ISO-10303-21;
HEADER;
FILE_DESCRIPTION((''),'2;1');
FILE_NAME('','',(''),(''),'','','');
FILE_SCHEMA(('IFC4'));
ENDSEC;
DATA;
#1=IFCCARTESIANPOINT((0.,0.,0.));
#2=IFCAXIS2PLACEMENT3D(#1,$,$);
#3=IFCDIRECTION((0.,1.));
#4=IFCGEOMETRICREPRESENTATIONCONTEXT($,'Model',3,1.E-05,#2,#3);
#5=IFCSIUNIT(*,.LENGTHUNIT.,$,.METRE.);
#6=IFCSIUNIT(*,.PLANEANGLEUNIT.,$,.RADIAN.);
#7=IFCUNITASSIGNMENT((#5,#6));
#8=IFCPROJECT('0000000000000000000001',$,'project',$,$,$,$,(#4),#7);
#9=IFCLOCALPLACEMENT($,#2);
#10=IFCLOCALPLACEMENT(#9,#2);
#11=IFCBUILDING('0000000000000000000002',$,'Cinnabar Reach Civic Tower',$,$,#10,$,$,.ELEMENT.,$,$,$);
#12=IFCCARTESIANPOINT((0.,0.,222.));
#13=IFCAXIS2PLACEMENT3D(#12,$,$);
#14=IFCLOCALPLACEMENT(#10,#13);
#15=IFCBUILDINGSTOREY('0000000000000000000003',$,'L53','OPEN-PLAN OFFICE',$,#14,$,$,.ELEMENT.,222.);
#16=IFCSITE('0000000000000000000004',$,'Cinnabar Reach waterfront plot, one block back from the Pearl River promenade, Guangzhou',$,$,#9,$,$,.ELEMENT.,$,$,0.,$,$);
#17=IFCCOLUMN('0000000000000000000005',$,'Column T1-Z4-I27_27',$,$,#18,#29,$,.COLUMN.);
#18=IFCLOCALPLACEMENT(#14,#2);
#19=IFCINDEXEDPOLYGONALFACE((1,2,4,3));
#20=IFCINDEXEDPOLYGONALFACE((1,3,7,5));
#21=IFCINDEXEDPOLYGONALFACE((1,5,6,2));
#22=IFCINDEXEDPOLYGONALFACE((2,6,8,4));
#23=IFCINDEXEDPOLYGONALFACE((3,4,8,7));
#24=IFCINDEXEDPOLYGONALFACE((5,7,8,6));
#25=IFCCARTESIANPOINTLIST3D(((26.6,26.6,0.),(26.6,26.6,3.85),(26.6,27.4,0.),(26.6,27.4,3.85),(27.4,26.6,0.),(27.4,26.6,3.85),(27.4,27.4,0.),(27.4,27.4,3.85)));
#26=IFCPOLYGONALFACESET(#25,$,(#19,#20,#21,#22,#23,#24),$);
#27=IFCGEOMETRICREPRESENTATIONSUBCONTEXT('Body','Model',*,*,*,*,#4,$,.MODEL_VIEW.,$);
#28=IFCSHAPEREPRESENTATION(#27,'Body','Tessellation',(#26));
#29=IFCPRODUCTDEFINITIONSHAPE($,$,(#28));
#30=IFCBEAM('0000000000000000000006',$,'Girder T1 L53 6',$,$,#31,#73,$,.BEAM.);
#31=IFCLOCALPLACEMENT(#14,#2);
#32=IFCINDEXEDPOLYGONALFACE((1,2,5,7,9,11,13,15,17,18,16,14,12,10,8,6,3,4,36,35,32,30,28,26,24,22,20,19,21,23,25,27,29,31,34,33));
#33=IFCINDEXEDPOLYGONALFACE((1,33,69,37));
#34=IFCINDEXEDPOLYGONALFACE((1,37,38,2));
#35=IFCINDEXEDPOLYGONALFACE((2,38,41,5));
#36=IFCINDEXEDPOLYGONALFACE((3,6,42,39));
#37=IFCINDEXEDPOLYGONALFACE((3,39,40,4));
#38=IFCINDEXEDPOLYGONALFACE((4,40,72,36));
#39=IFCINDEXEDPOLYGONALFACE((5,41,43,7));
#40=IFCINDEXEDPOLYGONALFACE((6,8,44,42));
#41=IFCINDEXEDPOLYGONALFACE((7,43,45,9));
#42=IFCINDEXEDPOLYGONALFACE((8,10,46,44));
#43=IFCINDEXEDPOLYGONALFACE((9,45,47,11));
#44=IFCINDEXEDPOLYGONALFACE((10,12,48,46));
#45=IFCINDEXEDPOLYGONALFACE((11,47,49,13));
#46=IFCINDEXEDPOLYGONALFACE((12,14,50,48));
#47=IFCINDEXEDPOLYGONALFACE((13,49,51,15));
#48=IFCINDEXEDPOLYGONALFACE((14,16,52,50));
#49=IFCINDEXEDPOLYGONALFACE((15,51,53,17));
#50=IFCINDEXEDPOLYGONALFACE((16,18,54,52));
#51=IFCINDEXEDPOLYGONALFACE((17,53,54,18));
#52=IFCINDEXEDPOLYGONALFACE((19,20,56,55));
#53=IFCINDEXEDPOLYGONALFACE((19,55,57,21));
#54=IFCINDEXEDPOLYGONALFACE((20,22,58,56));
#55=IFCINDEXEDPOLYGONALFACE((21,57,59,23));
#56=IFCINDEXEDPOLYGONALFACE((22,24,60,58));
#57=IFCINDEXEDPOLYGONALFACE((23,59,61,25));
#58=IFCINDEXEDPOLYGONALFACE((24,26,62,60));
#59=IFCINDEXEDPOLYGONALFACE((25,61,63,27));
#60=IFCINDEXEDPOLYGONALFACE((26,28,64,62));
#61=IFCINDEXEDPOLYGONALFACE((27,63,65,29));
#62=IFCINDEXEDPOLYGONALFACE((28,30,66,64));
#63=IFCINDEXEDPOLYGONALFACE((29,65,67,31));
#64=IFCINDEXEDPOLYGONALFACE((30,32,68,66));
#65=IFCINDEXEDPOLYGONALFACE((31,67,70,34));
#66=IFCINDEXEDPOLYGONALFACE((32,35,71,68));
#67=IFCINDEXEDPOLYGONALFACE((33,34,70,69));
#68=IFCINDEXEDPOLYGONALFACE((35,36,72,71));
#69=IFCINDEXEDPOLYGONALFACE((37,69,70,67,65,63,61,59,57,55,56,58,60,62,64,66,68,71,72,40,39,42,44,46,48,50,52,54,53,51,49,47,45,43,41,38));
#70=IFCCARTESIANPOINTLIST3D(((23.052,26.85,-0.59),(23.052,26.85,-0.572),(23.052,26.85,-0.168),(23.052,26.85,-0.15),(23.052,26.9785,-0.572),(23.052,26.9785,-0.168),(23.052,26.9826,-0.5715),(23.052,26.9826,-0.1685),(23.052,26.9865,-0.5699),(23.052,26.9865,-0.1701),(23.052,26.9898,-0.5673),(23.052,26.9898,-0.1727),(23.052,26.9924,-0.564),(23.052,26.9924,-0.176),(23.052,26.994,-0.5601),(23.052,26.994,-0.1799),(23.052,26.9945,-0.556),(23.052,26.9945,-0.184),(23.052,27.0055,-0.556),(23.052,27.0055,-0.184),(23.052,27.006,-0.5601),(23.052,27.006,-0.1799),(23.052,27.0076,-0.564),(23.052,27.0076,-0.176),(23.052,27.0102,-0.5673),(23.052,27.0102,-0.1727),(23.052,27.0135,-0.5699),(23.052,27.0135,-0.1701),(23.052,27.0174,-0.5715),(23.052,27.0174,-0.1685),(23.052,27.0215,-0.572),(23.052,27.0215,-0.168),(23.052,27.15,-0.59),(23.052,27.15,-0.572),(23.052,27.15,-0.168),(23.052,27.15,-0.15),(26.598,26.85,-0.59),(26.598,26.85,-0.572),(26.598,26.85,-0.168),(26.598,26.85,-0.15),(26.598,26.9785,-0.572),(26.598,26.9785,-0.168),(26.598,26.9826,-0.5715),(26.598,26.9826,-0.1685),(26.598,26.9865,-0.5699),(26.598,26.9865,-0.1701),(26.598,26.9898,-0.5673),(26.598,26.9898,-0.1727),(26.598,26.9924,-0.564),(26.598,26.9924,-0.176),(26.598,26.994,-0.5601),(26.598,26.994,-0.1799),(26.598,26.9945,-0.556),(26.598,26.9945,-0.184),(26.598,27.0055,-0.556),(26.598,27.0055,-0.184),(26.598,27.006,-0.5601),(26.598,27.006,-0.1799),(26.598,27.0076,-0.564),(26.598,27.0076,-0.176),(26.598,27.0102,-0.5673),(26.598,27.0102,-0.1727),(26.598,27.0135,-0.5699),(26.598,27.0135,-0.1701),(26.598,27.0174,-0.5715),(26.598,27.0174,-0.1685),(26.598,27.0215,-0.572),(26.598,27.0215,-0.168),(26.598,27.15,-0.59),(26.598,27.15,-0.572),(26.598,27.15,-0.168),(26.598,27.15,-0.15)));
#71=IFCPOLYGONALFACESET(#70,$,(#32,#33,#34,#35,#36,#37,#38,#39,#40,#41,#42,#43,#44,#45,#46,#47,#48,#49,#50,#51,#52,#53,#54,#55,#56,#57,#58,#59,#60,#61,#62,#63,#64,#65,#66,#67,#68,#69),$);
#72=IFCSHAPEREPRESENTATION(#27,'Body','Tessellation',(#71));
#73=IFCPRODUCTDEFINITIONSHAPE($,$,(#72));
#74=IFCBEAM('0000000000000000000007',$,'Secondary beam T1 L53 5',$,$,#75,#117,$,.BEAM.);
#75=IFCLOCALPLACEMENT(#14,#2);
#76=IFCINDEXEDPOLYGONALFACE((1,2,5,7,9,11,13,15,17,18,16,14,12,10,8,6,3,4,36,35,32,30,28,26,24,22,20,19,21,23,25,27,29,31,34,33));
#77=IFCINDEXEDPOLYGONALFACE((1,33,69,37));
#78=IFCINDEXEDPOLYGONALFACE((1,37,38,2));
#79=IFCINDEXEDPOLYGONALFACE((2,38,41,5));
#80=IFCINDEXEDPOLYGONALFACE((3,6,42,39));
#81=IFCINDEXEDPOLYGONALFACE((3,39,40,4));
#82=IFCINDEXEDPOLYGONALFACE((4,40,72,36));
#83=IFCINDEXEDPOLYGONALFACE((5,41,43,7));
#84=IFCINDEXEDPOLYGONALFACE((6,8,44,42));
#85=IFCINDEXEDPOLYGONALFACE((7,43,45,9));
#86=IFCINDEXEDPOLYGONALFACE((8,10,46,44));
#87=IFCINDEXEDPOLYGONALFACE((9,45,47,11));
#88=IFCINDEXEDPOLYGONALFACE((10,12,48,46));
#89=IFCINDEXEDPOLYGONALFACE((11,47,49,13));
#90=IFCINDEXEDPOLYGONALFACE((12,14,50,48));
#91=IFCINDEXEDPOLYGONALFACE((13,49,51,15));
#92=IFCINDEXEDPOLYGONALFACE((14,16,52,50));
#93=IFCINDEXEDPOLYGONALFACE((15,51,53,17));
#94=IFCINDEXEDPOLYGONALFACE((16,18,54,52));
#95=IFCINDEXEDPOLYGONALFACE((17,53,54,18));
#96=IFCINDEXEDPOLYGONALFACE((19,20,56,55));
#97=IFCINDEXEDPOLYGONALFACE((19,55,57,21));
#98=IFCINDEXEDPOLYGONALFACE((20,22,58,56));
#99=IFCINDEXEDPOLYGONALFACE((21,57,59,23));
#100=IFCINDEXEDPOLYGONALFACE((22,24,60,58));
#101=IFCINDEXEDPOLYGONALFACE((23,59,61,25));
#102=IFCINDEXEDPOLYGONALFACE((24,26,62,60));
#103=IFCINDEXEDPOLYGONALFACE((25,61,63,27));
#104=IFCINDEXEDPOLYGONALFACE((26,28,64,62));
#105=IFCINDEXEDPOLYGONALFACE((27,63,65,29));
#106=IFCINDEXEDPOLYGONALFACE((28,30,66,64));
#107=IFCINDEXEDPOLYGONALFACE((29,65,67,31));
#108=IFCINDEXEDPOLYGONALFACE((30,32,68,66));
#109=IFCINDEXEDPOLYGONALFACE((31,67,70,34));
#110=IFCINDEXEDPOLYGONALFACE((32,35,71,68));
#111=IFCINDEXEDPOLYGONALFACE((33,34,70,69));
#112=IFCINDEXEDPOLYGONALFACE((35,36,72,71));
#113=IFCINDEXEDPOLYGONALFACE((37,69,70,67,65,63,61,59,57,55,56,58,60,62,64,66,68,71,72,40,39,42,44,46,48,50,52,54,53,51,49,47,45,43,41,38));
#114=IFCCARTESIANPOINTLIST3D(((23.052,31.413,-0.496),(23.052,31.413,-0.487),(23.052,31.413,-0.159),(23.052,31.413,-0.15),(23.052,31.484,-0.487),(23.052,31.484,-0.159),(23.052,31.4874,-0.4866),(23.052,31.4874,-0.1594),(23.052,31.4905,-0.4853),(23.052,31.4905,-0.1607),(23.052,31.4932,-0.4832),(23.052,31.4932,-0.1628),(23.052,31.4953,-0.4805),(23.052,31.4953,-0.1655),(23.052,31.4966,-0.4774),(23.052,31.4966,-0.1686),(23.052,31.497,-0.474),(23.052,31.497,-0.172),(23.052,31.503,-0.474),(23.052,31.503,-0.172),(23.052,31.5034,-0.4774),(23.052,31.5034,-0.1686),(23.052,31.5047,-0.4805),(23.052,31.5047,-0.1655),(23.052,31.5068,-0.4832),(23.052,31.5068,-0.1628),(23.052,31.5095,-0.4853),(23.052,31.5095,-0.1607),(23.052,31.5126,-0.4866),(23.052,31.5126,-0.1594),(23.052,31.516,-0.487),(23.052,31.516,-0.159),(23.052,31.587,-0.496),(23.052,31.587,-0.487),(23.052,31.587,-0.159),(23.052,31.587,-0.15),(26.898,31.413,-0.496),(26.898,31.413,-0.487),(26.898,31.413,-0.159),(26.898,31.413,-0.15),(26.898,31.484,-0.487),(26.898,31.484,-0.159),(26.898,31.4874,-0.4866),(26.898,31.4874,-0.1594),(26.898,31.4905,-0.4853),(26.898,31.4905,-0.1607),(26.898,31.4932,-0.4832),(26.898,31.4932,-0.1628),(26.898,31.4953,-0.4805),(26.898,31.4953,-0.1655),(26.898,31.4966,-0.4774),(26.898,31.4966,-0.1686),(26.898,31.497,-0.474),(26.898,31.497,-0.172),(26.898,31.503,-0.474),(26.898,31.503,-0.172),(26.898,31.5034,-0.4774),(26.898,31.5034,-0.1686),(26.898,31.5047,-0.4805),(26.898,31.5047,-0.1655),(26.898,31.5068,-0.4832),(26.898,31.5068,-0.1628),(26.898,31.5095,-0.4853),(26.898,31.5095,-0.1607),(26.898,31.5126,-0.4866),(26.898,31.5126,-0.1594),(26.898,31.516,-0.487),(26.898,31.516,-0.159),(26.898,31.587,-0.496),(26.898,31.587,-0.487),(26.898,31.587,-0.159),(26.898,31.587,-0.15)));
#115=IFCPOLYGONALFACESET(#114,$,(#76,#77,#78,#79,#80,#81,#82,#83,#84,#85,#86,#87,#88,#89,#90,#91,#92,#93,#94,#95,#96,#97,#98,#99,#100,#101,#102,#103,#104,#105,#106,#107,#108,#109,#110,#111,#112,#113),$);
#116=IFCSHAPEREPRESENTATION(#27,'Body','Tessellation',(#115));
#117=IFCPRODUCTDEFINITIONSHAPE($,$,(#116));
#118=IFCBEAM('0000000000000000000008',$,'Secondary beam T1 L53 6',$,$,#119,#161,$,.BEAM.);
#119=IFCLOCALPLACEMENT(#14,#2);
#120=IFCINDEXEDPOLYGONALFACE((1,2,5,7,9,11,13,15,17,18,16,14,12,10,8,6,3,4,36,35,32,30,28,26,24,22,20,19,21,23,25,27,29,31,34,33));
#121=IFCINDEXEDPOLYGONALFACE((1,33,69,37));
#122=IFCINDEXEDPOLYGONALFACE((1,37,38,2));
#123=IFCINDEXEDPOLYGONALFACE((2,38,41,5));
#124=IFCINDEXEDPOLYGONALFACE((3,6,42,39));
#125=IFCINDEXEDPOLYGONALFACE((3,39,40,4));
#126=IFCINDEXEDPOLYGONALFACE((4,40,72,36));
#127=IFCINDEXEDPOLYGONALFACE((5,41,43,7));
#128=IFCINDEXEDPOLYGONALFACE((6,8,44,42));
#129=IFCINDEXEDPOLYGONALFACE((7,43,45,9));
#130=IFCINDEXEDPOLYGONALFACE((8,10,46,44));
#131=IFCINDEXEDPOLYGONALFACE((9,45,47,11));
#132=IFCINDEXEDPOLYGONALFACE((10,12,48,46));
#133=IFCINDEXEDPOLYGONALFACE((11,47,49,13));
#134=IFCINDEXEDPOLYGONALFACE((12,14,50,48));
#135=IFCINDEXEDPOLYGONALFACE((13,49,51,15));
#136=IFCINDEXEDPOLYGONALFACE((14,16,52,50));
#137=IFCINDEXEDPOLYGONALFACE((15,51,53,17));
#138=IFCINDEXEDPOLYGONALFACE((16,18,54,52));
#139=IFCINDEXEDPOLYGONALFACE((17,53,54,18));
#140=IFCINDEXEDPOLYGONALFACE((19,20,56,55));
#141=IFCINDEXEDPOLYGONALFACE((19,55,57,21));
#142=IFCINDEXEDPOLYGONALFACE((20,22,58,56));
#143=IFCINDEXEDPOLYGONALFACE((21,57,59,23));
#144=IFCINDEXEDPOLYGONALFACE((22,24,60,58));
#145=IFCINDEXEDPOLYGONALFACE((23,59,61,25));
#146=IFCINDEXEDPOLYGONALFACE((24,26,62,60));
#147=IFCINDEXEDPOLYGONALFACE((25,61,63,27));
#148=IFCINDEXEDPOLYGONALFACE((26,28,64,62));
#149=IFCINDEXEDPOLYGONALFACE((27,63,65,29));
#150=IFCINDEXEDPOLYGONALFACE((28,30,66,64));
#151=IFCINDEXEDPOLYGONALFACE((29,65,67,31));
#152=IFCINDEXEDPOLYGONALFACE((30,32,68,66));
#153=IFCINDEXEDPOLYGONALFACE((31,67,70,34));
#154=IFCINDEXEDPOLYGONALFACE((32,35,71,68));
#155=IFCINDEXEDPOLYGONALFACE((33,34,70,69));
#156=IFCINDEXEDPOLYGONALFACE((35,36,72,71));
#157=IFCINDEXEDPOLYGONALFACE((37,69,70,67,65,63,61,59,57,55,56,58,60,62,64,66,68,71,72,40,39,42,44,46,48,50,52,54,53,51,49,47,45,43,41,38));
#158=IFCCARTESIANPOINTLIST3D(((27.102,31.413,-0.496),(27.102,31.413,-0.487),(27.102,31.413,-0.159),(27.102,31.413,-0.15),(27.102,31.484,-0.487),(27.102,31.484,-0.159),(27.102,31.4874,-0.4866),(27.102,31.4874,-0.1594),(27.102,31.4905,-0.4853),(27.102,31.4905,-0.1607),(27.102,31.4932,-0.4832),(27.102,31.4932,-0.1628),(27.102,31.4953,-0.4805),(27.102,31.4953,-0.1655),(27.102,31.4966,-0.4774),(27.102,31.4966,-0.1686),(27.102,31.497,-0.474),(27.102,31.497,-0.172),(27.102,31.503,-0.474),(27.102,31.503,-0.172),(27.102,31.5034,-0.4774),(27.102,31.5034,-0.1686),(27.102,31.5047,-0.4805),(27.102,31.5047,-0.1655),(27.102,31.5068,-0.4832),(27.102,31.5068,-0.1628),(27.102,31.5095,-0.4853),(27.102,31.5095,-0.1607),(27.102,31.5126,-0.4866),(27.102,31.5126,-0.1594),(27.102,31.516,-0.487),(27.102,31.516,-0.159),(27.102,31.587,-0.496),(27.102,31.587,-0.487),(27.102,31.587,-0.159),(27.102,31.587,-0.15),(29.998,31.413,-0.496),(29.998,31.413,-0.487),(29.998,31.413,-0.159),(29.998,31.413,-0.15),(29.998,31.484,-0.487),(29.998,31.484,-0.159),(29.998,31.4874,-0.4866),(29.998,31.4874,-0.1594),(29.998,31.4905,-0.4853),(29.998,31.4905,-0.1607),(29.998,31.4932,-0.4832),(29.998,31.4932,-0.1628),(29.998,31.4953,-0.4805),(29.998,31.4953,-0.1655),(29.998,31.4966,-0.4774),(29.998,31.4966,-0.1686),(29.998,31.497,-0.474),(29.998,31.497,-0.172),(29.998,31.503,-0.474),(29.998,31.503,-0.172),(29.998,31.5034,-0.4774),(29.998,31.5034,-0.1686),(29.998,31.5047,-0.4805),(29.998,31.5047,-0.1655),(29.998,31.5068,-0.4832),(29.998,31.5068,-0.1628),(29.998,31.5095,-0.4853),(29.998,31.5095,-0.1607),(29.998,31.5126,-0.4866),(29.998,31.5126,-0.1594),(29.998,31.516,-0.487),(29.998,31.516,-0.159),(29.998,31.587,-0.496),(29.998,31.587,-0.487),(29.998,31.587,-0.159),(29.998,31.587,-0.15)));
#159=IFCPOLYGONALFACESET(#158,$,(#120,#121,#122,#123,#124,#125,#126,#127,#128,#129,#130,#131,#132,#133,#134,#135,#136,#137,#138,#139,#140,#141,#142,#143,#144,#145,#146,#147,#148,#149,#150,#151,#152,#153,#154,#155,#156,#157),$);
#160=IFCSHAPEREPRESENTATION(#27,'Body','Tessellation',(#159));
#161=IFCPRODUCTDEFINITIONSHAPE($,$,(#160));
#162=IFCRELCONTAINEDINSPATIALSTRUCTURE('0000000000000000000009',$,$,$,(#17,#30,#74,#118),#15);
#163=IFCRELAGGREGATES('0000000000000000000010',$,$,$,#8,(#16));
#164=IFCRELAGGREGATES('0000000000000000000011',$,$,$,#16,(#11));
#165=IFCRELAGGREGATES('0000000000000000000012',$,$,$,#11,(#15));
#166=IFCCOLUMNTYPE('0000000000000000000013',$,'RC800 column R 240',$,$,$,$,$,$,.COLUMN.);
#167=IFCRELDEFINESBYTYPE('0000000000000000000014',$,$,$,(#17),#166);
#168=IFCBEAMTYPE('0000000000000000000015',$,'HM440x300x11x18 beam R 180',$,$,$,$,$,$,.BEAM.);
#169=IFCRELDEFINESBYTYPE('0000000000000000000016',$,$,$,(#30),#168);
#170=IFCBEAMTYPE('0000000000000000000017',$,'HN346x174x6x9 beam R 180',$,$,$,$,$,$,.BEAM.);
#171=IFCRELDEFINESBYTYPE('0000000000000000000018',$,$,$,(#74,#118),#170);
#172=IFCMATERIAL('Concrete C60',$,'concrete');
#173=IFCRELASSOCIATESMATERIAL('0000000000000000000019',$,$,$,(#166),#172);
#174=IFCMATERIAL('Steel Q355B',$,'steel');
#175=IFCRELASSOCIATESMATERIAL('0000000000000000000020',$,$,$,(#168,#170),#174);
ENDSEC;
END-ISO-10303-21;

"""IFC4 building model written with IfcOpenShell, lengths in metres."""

from ifc_helpers import new_model, si_unit, direction, frame, origin, origin_2d, place, context, subcontext, project, spatial, rectangle, i_section, extrude, material, material_profile, profile_set, type_object, element, save


model = new_model("IFC4")

# Units and contexts
model_context = context("Model", 3, precision=1e-05, world=origin(), true_north=direction((0.0, 1.0)))
body_context = subcontext(model_context, "Body", "Model", "MODEL_VIEW")
ifc_project = project(units=[si_unit("LENGTHUNIT", "METRE"), si_unit("PLANEANGLEUNIT", "RADIAN")], contexts=[model_context])

# Site, building, storey
site_placement = place(None, origin())
site = spatial("IfcSite", under=ifc_project, at=site_placement, Name="Cinnabar Reach waterfront plot, one block back from the Pearl River promenade, Guangzhou", CompositionType="ELEMENT", RefElevation=0.0)
building_placement = place(site_placement, origin())
building = spatial("IfcBuilding", under=site, at=building_placement, Name="Cinnabar Reach Civic Tower", CompositionType="ELEMENT")
storey_placement = place(building_placement, frame((0.0, 0.0, 222.0)))
storey = spatial("IfcBuildingStorey", under=building, at=storey_placement, Name="L53", Description="OPEN-PLAN OFFICE", CompositionType="ELEMENT", Elevation=222.0)

# Column
ifc_material_1 = material(Name="Concrete C60", Category="concrete")
ifc_material_profile_1 = material_profile(ifc_material_1, rectangle(XDim=0.8, YDim=0.8, at=origin_2d()), Name="RC800")
ifc_profile_set_1 = profile_set([ifc_material_profile_1], Name="Concrete C60")
column_type = type_object("IfcColumnType", Name="RC800 column R 240", PredefinedType="COLUMN", material=ifc_profile_set_1)
column_placement = place(storey_placement, frame((27.0, 27.0, 0.0), z_axis=(0.0, 0.0, 1.0), x_axis=(1.0, 0.0, 0.0)))
element("IfcColumn", 1, at=column_placement, inside=storey, type_object=column_type, Name="Column T1-Z4-I27_27", PredefinedType="COLUMN", context=body_context, shape_type="SweptSolid", body=[
    extrude(rectangle(XDim=0.8, YDim=0.8, at=origin_2d()), origin(), (0.0, 0.0, 1.0), 3.85),
])

# Beams
ifc_material_2 = material(Name="Steel Q355B", Category="steel")
ifc_material_profile_2 = material_profile(ifc_material_2, i_section(OverallWidth=0.3, OverallDepth=0.44, WebThickness=0.011, FlangeThickness=0.018, FilletRadius=0.016, at=origin_2d()), Name="HM440x300x11x18")
ifc_profile_set_2 = profile_set([ifc_material_profile_2], Name="Steel Q355B")
beam_type_1 = type_object("IfcBeamType", Name="HM440x300x11x18 beam R 180", PredefinedType="BEAM", material=ifc_profile_set_2)
beam_1_placement = place(storey_placement, frame((23.052, 27.0, -0.37), z_axis=(1.0, 0.0, 0.0), x_axis=(0.0, 1.0, 0.0)))
element("IfcBeam", 2, at=beam_1_placement, inside=storey, type_object=beam_type_1, Name="Girder T1 L53 6", PredefinedType="BEAM", context=body_context, shape_type="SweptSolid", body=[
    extrude(i_section(OverallWidth=0.3, OverallDepth=0.44, WebThickness=0.011, FlangeThickness=0.018, FilletRadius=0.016, at=origin_2d()), origin(), (0.0, 0.0, 1.0), 3.546),
])
ifc_material_profile_3 = material_profile(ifc_material_2, i_section(OverallWidth=0.174, OverallDepth=0.346, WebThickness=0.006, FlangeThickness=0.009, FilletRadius=0.013, at=origin_2d()), Name="HN346x174x6x9")
ifc_profile_set_3 = profile_set([ifc_material_profile_3], Name="Steel Q355B")
beam_type_2 = type_object("IfcBeamType", Name="HN346x174x6x9 beam R 180", PredefinedType="BEAM", material=ifc_profile_set_3)
beam_2_placement = place(storey_placement, frame((23.052, 31.5, -0.323), z_axis=(1.0, 0.0, 0.0), x_axis=(0.0, 1.0, 0.0)))
element("IfcBeam", 3, at=beam_2_placement, inside=storey, type_object=beam_type_2, Name="Secondary beam T1 L53 5", PredefinedType="BEAM", context=body_context, shape_type="SweptSolid", body=[
    extrude(i_section(OverallWidth=0.174, OverallDepth=0.346, WebThickness=0.006, FlangeThickness=0.009, FilletRadius=0.013, at=origin_2d()), origin(), (0.0, 0.0, 1.0), 3.846),
])
beam_3_placement = place(storey_placement, frame((27.102, 31.5, -0.323), z_axis=(1.0, 0.0, 0.0), x_axis=(0.0, 1.0, 0.0)))
element("IfcBeam", 4, at=beam_3_placement, inside=storey, type_object=beam_type_2, Name="Secondary beam T1 L53 6", PredefinedType="BEAM", context=body_context, shape_type="SweptSolid", body=[
    extrude(i_section(OverallWidth=0.174, OverallDepth=0.346, WebThickness=0.006, FlangeThickness=0.009, FilletRadius=0.013, at=origin_2d()), origin(), (0.0, 0.0, 1.0), 2.896),
])

save(model, "model.ifc")
